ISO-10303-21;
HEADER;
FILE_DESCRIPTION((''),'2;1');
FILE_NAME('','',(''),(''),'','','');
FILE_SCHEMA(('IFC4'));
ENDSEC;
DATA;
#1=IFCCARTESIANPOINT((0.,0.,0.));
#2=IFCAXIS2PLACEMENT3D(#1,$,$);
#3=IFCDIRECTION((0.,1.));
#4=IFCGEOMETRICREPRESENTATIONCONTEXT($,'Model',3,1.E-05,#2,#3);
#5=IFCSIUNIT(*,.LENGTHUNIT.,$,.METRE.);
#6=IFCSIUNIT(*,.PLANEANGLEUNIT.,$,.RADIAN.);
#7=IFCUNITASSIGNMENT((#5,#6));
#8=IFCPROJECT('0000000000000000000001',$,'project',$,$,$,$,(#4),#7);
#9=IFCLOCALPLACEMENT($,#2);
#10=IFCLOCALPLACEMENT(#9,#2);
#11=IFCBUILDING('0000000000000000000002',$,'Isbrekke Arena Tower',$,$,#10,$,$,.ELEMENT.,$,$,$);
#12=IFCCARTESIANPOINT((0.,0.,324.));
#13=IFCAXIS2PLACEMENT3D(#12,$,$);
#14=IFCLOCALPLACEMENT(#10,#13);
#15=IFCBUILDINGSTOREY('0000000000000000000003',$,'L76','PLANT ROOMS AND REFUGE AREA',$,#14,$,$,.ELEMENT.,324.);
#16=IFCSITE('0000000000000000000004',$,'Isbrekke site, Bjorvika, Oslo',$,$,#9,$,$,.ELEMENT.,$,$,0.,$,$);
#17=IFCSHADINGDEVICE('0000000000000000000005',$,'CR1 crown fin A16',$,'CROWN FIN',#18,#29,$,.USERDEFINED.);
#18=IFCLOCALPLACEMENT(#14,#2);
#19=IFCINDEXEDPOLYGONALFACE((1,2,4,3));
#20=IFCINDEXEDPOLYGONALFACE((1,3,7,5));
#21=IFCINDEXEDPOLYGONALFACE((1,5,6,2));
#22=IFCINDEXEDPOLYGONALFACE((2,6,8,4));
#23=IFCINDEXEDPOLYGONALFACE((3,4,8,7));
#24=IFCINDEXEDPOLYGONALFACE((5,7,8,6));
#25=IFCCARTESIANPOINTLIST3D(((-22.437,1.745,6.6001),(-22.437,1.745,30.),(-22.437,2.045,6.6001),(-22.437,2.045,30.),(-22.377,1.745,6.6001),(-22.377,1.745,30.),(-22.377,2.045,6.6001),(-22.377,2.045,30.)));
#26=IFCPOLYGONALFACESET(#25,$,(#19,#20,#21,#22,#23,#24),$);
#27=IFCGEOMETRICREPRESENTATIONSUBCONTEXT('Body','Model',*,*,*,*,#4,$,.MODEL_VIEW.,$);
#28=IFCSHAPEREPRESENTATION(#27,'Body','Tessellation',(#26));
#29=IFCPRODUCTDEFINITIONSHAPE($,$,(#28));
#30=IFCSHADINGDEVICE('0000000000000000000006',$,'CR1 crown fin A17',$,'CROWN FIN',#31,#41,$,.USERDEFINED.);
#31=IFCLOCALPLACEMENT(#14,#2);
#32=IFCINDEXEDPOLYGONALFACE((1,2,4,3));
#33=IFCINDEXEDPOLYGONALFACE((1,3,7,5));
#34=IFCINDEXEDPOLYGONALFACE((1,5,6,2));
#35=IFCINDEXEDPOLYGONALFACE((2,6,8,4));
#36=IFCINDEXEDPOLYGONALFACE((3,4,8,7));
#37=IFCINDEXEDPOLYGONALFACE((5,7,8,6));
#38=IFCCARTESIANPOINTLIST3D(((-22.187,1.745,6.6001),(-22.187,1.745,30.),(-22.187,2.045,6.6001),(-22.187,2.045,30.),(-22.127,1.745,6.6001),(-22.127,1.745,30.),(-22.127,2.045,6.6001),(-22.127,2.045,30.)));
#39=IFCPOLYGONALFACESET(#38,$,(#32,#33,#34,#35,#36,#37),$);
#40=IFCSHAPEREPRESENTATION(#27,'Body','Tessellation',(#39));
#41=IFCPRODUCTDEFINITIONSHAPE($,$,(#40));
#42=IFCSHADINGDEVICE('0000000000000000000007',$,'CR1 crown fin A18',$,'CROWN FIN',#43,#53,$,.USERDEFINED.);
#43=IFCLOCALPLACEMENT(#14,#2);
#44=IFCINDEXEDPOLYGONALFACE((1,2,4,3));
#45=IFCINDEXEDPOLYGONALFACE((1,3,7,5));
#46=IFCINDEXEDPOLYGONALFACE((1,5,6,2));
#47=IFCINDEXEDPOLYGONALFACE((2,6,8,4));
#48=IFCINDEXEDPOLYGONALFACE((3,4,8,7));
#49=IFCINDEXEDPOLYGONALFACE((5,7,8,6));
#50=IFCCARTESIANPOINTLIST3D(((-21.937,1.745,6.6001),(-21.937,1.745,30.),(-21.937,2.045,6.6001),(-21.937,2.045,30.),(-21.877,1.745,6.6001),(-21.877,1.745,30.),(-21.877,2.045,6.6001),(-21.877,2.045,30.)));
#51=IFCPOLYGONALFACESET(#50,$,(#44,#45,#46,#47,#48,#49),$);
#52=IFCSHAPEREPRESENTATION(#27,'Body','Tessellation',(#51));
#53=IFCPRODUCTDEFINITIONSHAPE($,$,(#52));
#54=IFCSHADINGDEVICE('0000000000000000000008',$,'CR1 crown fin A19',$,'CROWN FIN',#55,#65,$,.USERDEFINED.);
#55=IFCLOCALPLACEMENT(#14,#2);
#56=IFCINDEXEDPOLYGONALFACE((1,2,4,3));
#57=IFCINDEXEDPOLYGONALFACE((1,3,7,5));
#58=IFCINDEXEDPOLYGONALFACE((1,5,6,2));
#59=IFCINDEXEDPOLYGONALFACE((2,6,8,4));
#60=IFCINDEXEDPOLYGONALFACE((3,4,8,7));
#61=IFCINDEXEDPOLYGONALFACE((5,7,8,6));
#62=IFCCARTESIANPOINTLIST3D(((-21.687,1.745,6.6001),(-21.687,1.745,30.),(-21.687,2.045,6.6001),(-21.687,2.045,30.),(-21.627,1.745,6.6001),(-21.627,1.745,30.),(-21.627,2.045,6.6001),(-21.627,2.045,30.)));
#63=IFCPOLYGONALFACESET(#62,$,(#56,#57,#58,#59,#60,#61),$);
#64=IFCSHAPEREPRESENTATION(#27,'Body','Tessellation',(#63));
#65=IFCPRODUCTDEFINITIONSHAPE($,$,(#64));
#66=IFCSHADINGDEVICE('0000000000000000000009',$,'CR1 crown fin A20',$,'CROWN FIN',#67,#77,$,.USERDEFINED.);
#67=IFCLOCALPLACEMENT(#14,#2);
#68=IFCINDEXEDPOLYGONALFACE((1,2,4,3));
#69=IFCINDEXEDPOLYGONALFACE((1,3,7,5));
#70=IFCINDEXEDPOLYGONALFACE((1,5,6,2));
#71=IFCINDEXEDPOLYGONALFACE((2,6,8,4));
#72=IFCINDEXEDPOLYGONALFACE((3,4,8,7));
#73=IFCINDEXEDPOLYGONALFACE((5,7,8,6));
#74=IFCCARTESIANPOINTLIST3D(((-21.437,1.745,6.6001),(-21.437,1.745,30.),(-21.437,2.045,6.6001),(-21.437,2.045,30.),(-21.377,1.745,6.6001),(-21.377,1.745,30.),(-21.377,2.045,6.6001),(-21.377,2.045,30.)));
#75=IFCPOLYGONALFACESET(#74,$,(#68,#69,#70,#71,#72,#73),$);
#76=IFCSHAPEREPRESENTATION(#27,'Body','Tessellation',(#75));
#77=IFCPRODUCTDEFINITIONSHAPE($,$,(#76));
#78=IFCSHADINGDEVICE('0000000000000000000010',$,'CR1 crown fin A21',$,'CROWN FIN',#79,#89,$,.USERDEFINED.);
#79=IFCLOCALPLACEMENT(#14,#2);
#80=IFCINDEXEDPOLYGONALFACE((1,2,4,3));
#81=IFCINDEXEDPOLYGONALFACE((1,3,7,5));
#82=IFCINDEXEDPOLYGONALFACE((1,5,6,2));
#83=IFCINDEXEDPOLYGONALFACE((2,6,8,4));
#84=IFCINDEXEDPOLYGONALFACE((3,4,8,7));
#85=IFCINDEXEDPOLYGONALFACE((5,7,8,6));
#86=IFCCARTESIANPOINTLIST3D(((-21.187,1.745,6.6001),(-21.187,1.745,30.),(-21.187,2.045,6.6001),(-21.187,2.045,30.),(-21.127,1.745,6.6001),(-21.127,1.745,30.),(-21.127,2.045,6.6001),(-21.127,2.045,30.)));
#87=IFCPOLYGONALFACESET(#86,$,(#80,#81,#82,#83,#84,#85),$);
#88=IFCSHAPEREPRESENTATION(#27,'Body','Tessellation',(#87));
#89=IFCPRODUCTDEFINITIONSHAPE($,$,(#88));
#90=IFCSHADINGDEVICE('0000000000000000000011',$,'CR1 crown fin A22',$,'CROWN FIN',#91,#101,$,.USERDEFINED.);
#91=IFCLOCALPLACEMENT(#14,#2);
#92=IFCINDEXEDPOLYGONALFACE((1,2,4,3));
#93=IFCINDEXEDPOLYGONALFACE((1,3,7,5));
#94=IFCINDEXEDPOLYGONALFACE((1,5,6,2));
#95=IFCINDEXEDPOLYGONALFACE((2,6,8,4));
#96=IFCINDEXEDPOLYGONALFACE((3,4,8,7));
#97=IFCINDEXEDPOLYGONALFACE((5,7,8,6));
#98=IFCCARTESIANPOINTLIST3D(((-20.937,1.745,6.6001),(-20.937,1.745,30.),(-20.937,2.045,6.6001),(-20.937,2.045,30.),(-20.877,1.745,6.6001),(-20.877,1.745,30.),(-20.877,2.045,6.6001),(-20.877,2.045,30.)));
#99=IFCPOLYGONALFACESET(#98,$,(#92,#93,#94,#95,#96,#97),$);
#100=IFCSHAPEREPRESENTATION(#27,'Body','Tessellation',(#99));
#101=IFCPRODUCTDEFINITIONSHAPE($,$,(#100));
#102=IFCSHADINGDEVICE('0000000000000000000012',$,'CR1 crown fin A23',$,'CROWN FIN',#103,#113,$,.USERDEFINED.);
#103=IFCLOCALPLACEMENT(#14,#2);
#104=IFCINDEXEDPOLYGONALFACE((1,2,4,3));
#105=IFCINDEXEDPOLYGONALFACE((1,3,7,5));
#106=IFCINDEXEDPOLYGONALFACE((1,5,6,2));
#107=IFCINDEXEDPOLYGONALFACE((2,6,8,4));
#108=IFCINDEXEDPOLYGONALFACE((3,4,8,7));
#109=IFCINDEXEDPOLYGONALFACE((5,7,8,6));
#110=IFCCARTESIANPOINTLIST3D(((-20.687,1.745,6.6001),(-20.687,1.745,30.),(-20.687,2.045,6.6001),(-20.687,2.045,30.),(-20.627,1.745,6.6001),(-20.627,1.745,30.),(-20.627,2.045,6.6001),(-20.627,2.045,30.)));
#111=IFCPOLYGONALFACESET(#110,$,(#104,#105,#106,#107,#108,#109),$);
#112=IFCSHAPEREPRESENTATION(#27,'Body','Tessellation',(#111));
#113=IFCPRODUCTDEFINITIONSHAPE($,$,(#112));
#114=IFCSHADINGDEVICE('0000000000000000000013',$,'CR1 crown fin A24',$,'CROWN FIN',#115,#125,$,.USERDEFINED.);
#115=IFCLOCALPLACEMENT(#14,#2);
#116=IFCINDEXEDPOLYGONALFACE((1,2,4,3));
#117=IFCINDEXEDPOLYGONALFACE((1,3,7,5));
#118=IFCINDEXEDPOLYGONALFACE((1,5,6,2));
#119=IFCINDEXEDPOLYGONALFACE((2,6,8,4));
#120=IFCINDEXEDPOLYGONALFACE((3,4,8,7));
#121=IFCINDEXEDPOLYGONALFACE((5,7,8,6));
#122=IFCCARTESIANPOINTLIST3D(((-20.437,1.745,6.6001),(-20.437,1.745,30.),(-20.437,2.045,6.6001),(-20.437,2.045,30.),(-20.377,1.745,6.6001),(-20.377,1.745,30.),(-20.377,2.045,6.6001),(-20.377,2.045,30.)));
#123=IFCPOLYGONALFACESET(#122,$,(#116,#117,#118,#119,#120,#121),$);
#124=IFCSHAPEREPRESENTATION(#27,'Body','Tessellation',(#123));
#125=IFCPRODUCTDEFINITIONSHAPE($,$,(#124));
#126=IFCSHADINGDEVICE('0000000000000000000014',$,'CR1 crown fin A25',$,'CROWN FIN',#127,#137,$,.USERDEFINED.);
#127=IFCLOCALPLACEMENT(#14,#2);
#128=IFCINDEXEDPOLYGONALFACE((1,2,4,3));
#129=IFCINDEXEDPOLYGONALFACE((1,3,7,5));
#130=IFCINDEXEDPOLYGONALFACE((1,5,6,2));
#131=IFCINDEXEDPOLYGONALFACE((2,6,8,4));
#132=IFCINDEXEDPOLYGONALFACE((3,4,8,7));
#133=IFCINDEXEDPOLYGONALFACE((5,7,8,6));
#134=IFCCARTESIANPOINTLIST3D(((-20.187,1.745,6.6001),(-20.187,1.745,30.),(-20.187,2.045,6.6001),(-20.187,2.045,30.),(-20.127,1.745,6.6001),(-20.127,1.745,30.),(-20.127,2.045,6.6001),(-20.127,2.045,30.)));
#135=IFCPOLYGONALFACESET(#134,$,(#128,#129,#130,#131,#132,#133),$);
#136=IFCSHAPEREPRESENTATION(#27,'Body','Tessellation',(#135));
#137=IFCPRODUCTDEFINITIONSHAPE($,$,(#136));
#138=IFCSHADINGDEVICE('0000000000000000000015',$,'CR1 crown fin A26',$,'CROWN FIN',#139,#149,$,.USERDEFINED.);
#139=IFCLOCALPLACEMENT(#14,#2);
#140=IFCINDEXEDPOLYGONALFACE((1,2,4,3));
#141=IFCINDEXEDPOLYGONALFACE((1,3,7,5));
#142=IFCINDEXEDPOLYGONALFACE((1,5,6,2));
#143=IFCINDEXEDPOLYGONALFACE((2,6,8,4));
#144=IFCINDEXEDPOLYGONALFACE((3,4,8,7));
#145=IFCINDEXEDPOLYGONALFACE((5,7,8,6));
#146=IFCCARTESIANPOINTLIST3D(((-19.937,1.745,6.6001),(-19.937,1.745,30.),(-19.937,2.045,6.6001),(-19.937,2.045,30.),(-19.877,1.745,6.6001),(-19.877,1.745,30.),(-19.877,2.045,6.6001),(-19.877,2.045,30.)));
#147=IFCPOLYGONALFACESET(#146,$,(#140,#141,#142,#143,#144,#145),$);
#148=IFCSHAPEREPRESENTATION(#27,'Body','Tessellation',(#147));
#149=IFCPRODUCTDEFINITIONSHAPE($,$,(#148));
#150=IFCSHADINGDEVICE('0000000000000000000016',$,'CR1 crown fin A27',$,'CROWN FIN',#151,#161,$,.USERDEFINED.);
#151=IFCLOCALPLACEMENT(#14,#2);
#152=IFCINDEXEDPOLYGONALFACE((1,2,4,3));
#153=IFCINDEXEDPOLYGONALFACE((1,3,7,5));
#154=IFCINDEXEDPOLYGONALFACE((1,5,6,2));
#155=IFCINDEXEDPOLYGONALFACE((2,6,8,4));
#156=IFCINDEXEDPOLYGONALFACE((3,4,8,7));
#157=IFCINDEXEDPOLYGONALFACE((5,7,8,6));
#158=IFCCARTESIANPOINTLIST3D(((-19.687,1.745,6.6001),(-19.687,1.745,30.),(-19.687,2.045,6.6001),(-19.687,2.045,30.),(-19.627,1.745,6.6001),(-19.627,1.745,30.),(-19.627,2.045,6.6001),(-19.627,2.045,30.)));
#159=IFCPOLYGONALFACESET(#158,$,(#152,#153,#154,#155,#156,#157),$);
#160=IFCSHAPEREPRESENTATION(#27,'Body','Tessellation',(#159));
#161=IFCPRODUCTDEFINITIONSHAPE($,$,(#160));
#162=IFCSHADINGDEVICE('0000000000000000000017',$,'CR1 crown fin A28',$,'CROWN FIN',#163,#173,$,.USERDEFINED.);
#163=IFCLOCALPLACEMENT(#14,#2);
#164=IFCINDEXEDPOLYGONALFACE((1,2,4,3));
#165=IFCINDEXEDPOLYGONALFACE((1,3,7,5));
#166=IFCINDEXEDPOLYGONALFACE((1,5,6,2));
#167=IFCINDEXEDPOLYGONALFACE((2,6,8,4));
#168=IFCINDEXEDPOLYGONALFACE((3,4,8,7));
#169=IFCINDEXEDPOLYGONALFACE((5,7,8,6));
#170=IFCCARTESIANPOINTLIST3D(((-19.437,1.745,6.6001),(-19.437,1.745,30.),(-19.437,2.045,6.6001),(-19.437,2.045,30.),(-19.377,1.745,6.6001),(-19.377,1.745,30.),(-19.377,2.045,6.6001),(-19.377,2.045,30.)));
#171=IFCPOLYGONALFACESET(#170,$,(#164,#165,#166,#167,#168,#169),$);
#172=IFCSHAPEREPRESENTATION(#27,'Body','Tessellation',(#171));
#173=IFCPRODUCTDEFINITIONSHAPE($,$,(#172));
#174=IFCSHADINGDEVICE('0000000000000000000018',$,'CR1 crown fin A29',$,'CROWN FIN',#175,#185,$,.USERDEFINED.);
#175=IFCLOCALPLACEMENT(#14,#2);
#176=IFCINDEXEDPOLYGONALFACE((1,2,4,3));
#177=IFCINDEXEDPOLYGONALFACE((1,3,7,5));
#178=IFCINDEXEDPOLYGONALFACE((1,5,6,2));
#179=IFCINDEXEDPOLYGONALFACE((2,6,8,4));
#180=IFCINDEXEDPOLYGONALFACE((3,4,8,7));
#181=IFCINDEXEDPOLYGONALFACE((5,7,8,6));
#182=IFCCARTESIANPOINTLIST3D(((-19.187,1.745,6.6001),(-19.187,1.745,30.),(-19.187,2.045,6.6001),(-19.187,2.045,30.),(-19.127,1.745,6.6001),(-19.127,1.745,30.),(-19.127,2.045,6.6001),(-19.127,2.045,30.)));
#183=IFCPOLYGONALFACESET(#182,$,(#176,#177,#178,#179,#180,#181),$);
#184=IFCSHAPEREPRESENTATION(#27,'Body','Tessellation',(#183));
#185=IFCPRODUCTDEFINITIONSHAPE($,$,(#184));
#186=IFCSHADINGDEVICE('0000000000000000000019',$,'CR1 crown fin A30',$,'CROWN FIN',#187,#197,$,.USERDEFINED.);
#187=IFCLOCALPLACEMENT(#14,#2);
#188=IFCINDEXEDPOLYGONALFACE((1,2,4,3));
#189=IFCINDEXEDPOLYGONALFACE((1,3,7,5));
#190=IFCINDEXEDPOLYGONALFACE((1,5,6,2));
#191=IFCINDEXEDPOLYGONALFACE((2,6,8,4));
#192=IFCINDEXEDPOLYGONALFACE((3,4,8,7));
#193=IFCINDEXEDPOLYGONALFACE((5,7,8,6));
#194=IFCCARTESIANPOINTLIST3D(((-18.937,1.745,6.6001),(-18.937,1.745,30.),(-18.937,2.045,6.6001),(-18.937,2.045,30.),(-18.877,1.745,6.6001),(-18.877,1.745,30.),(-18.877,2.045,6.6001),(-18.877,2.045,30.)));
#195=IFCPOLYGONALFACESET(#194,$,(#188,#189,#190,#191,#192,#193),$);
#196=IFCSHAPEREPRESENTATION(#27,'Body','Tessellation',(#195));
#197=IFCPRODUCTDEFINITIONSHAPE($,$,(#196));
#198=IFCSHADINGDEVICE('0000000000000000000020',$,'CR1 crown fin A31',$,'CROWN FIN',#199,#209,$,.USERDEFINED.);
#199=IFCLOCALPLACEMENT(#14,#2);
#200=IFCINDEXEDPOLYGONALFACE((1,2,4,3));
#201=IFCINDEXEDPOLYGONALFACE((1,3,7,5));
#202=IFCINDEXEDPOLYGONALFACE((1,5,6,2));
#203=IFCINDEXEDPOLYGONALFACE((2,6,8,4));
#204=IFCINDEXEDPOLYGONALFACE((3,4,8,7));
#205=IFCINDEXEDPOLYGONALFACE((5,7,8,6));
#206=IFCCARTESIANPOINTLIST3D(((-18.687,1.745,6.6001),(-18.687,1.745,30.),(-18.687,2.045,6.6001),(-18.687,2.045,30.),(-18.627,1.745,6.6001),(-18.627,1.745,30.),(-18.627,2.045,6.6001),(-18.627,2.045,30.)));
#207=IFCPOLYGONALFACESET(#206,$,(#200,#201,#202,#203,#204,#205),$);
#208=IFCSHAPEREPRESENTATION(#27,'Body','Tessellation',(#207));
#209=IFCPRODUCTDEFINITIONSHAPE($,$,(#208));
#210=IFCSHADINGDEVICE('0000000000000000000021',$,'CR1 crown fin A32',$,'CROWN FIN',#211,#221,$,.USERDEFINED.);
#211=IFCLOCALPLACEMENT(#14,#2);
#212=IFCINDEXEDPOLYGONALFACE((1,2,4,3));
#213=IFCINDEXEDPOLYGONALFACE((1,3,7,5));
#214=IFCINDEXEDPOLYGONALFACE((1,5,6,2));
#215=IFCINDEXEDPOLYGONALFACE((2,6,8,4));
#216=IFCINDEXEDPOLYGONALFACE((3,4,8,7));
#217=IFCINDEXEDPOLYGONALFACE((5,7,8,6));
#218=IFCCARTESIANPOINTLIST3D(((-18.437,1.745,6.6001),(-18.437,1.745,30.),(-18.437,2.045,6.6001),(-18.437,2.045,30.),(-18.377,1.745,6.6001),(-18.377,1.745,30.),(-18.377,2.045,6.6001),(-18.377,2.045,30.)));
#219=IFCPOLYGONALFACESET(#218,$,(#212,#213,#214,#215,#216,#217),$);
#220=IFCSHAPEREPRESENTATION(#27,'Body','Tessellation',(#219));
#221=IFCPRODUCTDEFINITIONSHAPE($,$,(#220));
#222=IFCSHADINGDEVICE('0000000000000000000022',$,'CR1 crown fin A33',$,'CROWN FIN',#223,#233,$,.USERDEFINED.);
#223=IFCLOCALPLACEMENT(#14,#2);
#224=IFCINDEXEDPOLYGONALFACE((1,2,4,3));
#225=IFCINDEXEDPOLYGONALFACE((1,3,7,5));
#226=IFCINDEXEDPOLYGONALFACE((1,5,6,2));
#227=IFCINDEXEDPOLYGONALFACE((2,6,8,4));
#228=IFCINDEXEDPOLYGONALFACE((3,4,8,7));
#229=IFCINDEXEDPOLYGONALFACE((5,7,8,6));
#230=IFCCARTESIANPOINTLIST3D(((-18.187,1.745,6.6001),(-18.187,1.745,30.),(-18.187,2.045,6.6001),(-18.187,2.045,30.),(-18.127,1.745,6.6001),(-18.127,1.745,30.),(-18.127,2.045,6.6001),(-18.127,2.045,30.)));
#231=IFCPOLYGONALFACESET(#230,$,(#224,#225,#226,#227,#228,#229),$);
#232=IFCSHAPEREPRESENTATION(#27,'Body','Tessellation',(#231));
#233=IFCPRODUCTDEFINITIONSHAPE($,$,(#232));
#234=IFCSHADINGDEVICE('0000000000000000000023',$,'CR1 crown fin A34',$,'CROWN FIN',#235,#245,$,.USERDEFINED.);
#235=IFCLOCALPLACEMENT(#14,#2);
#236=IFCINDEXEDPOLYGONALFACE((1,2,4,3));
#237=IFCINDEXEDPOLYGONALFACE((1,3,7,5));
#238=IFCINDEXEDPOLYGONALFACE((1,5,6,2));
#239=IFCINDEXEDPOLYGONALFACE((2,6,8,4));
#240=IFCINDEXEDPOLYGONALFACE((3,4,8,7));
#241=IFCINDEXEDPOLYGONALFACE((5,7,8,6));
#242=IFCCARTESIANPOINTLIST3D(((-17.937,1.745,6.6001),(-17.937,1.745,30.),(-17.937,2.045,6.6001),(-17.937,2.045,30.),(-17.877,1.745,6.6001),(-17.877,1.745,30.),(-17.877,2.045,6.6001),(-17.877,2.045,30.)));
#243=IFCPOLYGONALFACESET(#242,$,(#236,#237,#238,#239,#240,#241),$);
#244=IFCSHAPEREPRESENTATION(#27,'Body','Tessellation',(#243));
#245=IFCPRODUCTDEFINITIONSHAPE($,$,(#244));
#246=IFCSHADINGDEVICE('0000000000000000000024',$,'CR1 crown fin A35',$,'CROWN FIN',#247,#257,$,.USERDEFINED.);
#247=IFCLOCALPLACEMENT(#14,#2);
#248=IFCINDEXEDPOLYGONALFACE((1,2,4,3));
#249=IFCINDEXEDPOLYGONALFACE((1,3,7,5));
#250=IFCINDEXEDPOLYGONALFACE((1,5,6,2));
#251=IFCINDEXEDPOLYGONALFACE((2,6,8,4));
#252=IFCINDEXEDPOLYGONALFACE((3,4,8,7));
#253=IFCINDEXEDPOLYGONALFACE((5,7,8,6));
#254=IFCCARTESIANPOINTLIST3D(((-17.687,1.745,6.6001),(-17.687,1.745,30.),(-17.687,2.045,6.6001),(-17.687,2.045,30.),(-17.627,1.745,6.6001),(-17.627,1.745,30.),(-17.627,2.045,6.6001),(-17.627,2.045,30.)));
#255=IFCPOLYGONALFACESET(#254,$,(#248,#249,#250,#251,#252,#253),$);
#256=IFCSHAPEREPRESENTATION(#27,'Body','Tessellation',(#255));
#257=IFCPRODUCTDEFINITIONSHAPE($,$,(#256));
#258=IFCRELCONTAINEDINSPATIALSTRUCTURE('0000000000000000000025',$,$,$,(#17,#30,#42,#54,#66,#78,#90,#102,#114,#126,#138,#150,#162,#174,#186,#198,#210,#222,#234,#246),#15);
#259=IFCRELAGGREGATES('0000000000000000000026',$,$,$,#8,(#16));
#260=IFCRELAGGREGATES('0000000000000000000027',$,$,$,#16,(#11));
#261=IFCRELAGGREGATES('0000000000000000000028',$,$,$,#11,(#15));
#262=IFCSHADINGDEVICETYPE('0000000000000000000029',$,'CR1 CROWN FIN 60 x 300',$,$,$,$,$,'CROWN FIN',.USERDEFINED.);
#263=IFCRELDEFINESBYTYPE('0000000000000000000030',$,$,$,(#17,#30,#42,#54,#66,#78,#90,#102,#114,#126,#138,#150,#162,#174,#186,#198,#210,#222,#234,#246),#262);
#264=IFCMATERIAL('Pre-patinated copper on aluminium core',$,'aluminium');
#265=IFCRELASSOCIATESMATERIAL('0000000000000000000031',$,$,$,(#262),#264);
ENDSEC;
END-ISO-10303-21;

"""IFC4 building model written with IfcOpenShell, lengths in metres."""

from ifc_helpers import new_model, si_unit, direction, frame, origin, origin_2d, place, context, subcontext, project, spatial, rectangle, extrude, material, material_profile, profile_set, type_object, element, save


model = new_model("IFC4")

# Units and contexts
model_context = context("Model", 3, precision=1e-05, world=origin(), true_north=direction((0.0, 1.0)))
body_context = subcontext(model_context, "Body", "Model", "MODEL_VIEW")
ifc_project = project(units=[si_unit("LENGTHUNIT", "METRE"), si_unit("PLANEANGLEUNIT", "RADIAN")], contexts=[model_context])

# Site, building, storey
site_placement = place(None, origin())
site = spatial("IfcSite", under=ifc_project, at=site_placement, Name="Isbrekke site, Bjorvika, Oslo", CompositionType="ELEMENT", RefElevation=0.0)
building_placement = place(site_placement, origin())
building = spatial("IfcBuilding", under=site, at=building_placement, Name="Isbrekke Arena Tower", CompositionType="ELEMENT")
storey_placement = place(building_placement, frame((0.0, 0.0, 324.0)))
storey = spatial("IfcBuildingStorey", under=building, at=storey_placement, Name="L76", Description="PLANT ROOMS AND REFUGE AREA", CompositionType="ELEMENT", Elevation=324.0)

# Shading devices
ifc_material = material(Name="Pre-patinated copper on aluminium core", Category="aluminium")
ifc_material_profile = material_profile(ifc_material, rectangle(XDim=0.0601, YDim=0.3, at=origin_2d()), Name="FIN 60X300")
ifc_profile_set = profile_set([ifc_material_profile], Name="Pre-patinated copper on aluminium core")
shading_device_type = type_object("IfcShadingDeviceType", Name="CR1 CROWN FIN 60 x 300", ElementType="CROWN FIN", PredefinedType="USERDEFINED", material=ifc_profile_set)
for number, where, z_axis, x_axis, name in (
    (1, (-22.407, 1.895, 6.6001), (0.0, 0.0, 1.0), (1.0, 0.0, 0.0), "CR1 crown fin A16"),
    (2, (-22.157, 1.895, 6.6001), (0.0, 0.0, 1.0), (1.0, 0.0, 0.0), "CR1 crown fin A17"),
    (3, (-21.907, 1.895, 6.6001), (0.0, 0.0, 1.0), (1.0, 0.0, 0.0), "CR1 crown fin A18"),
    (4, (-21.657, 1.895, 6.6001), (0.0, 0.0, 1.0), (1.0, 0.0, 0.0), "CR1 crown fin A19"),
    (5, (-21.407, 1.895, 6.6001), (0.0, 0.0, 1.0), (1.0, 0.0, 0.0), "CR1 crown fin A20"),
    (6, (-21.157, 1.895, 6.6001), (0.0, 0.0, 1.0), (1.0, 0.0, 0.0), "CR1 crown fin A21"),
    (7, (-20.907, 1.895, 6.6001), (0.0, 0.0, 1.0), (1.0, 0.0, 0.0), "CR1 crown fin A22"),
    (8, (-20.657, 1.895, 6.6001), (0.0, 0.0, 1.0), (1.0, 0.0, 0.0), "CR1 crown fin A23"),
    (9, (-20.407, 1.895, 6.6001), (0.0, 0.0, 1.0), (1.0, 0.0, 0.0), "CR1 crown fin A24"),
    (10, (-20.157, 1.895, 6.6001), (0.0, 0.0, 1.0), (1.0, 0.0, 0.0), "CR1 crown fin A25"),
    (11, (-19.907, 1.895, 6.6001), (0.0, 0.0, 1.0), (1.0, 0.0, 0.0), "CR1 crown fin A26"),
    (12, (-19.657, 1.895, 6.6001), (0.0, 0.0, 1.0), (1.0, 0.0, 0.0), "CR1 crown fin A27"),
    (13, (-19.407, 1.895, 6.6001), (0.0, 0.0, 1.0), (1.0, 0.0, 0.0), "CR1 crown fin A28"),
    (14, (-19.157, 1.895, 6.6001), (0.0, 0.0, 1.0), (1.0, 0.0, 0.0), "CR1 crown fin A29"),
    (15, (-18.907, 1.895, 6.6001), (0.0, 0.0, 1.0), (1.0, 0.0, 0.0), "CR1 crown fin A30"),
    (16, (-18.657, 1.895, 6.6001), (0.0, 0.0, 1.0), (1.0, 0.0, 0.0), "CR1 crown fin A31"),
    (17, (-18.407, 1.895, 6.6001), (0.0, 0.0, 1.0), (1.0, 0.0, 0.0), "CR1 crown fin A32"),
    (18, (-18.157, 1.895, 6.6001), (0.0, 0.0, 1.0), (1.0, 0.0, 0.0), "CR1 crown fin A33"),
    (19, (-17.907, 1.895, 6.6001), (0.0, 0.0, 1.0), (1.0, 0.0, 0.0), "CR1 crown fin A34"),
    (20, (-17.657, 1.895, 6.6001), (0.0, 0.0, 1.0), (1.0, 0.0, 0.0), "CR1 crown fin A35"),
):
    element("IfcShadingDevice", number, at=place(storey_placement, frame(where, z_axis=z_axis, x_axis=x_axis)), inside=storey, type_object=shading_device_type, Name=name, ObjectType="CROWN FIN", PredefinedType="USERDEFINED", context=body_context, shape_type="SweptSolid", body=[
        extrude(rectangle(XDim=0.0601, YDim=0.3, at=origin_2d()), origin(), (0.0, 0.0, 1.0), 23.3999),
    ])

save(model, "model.ifc")
